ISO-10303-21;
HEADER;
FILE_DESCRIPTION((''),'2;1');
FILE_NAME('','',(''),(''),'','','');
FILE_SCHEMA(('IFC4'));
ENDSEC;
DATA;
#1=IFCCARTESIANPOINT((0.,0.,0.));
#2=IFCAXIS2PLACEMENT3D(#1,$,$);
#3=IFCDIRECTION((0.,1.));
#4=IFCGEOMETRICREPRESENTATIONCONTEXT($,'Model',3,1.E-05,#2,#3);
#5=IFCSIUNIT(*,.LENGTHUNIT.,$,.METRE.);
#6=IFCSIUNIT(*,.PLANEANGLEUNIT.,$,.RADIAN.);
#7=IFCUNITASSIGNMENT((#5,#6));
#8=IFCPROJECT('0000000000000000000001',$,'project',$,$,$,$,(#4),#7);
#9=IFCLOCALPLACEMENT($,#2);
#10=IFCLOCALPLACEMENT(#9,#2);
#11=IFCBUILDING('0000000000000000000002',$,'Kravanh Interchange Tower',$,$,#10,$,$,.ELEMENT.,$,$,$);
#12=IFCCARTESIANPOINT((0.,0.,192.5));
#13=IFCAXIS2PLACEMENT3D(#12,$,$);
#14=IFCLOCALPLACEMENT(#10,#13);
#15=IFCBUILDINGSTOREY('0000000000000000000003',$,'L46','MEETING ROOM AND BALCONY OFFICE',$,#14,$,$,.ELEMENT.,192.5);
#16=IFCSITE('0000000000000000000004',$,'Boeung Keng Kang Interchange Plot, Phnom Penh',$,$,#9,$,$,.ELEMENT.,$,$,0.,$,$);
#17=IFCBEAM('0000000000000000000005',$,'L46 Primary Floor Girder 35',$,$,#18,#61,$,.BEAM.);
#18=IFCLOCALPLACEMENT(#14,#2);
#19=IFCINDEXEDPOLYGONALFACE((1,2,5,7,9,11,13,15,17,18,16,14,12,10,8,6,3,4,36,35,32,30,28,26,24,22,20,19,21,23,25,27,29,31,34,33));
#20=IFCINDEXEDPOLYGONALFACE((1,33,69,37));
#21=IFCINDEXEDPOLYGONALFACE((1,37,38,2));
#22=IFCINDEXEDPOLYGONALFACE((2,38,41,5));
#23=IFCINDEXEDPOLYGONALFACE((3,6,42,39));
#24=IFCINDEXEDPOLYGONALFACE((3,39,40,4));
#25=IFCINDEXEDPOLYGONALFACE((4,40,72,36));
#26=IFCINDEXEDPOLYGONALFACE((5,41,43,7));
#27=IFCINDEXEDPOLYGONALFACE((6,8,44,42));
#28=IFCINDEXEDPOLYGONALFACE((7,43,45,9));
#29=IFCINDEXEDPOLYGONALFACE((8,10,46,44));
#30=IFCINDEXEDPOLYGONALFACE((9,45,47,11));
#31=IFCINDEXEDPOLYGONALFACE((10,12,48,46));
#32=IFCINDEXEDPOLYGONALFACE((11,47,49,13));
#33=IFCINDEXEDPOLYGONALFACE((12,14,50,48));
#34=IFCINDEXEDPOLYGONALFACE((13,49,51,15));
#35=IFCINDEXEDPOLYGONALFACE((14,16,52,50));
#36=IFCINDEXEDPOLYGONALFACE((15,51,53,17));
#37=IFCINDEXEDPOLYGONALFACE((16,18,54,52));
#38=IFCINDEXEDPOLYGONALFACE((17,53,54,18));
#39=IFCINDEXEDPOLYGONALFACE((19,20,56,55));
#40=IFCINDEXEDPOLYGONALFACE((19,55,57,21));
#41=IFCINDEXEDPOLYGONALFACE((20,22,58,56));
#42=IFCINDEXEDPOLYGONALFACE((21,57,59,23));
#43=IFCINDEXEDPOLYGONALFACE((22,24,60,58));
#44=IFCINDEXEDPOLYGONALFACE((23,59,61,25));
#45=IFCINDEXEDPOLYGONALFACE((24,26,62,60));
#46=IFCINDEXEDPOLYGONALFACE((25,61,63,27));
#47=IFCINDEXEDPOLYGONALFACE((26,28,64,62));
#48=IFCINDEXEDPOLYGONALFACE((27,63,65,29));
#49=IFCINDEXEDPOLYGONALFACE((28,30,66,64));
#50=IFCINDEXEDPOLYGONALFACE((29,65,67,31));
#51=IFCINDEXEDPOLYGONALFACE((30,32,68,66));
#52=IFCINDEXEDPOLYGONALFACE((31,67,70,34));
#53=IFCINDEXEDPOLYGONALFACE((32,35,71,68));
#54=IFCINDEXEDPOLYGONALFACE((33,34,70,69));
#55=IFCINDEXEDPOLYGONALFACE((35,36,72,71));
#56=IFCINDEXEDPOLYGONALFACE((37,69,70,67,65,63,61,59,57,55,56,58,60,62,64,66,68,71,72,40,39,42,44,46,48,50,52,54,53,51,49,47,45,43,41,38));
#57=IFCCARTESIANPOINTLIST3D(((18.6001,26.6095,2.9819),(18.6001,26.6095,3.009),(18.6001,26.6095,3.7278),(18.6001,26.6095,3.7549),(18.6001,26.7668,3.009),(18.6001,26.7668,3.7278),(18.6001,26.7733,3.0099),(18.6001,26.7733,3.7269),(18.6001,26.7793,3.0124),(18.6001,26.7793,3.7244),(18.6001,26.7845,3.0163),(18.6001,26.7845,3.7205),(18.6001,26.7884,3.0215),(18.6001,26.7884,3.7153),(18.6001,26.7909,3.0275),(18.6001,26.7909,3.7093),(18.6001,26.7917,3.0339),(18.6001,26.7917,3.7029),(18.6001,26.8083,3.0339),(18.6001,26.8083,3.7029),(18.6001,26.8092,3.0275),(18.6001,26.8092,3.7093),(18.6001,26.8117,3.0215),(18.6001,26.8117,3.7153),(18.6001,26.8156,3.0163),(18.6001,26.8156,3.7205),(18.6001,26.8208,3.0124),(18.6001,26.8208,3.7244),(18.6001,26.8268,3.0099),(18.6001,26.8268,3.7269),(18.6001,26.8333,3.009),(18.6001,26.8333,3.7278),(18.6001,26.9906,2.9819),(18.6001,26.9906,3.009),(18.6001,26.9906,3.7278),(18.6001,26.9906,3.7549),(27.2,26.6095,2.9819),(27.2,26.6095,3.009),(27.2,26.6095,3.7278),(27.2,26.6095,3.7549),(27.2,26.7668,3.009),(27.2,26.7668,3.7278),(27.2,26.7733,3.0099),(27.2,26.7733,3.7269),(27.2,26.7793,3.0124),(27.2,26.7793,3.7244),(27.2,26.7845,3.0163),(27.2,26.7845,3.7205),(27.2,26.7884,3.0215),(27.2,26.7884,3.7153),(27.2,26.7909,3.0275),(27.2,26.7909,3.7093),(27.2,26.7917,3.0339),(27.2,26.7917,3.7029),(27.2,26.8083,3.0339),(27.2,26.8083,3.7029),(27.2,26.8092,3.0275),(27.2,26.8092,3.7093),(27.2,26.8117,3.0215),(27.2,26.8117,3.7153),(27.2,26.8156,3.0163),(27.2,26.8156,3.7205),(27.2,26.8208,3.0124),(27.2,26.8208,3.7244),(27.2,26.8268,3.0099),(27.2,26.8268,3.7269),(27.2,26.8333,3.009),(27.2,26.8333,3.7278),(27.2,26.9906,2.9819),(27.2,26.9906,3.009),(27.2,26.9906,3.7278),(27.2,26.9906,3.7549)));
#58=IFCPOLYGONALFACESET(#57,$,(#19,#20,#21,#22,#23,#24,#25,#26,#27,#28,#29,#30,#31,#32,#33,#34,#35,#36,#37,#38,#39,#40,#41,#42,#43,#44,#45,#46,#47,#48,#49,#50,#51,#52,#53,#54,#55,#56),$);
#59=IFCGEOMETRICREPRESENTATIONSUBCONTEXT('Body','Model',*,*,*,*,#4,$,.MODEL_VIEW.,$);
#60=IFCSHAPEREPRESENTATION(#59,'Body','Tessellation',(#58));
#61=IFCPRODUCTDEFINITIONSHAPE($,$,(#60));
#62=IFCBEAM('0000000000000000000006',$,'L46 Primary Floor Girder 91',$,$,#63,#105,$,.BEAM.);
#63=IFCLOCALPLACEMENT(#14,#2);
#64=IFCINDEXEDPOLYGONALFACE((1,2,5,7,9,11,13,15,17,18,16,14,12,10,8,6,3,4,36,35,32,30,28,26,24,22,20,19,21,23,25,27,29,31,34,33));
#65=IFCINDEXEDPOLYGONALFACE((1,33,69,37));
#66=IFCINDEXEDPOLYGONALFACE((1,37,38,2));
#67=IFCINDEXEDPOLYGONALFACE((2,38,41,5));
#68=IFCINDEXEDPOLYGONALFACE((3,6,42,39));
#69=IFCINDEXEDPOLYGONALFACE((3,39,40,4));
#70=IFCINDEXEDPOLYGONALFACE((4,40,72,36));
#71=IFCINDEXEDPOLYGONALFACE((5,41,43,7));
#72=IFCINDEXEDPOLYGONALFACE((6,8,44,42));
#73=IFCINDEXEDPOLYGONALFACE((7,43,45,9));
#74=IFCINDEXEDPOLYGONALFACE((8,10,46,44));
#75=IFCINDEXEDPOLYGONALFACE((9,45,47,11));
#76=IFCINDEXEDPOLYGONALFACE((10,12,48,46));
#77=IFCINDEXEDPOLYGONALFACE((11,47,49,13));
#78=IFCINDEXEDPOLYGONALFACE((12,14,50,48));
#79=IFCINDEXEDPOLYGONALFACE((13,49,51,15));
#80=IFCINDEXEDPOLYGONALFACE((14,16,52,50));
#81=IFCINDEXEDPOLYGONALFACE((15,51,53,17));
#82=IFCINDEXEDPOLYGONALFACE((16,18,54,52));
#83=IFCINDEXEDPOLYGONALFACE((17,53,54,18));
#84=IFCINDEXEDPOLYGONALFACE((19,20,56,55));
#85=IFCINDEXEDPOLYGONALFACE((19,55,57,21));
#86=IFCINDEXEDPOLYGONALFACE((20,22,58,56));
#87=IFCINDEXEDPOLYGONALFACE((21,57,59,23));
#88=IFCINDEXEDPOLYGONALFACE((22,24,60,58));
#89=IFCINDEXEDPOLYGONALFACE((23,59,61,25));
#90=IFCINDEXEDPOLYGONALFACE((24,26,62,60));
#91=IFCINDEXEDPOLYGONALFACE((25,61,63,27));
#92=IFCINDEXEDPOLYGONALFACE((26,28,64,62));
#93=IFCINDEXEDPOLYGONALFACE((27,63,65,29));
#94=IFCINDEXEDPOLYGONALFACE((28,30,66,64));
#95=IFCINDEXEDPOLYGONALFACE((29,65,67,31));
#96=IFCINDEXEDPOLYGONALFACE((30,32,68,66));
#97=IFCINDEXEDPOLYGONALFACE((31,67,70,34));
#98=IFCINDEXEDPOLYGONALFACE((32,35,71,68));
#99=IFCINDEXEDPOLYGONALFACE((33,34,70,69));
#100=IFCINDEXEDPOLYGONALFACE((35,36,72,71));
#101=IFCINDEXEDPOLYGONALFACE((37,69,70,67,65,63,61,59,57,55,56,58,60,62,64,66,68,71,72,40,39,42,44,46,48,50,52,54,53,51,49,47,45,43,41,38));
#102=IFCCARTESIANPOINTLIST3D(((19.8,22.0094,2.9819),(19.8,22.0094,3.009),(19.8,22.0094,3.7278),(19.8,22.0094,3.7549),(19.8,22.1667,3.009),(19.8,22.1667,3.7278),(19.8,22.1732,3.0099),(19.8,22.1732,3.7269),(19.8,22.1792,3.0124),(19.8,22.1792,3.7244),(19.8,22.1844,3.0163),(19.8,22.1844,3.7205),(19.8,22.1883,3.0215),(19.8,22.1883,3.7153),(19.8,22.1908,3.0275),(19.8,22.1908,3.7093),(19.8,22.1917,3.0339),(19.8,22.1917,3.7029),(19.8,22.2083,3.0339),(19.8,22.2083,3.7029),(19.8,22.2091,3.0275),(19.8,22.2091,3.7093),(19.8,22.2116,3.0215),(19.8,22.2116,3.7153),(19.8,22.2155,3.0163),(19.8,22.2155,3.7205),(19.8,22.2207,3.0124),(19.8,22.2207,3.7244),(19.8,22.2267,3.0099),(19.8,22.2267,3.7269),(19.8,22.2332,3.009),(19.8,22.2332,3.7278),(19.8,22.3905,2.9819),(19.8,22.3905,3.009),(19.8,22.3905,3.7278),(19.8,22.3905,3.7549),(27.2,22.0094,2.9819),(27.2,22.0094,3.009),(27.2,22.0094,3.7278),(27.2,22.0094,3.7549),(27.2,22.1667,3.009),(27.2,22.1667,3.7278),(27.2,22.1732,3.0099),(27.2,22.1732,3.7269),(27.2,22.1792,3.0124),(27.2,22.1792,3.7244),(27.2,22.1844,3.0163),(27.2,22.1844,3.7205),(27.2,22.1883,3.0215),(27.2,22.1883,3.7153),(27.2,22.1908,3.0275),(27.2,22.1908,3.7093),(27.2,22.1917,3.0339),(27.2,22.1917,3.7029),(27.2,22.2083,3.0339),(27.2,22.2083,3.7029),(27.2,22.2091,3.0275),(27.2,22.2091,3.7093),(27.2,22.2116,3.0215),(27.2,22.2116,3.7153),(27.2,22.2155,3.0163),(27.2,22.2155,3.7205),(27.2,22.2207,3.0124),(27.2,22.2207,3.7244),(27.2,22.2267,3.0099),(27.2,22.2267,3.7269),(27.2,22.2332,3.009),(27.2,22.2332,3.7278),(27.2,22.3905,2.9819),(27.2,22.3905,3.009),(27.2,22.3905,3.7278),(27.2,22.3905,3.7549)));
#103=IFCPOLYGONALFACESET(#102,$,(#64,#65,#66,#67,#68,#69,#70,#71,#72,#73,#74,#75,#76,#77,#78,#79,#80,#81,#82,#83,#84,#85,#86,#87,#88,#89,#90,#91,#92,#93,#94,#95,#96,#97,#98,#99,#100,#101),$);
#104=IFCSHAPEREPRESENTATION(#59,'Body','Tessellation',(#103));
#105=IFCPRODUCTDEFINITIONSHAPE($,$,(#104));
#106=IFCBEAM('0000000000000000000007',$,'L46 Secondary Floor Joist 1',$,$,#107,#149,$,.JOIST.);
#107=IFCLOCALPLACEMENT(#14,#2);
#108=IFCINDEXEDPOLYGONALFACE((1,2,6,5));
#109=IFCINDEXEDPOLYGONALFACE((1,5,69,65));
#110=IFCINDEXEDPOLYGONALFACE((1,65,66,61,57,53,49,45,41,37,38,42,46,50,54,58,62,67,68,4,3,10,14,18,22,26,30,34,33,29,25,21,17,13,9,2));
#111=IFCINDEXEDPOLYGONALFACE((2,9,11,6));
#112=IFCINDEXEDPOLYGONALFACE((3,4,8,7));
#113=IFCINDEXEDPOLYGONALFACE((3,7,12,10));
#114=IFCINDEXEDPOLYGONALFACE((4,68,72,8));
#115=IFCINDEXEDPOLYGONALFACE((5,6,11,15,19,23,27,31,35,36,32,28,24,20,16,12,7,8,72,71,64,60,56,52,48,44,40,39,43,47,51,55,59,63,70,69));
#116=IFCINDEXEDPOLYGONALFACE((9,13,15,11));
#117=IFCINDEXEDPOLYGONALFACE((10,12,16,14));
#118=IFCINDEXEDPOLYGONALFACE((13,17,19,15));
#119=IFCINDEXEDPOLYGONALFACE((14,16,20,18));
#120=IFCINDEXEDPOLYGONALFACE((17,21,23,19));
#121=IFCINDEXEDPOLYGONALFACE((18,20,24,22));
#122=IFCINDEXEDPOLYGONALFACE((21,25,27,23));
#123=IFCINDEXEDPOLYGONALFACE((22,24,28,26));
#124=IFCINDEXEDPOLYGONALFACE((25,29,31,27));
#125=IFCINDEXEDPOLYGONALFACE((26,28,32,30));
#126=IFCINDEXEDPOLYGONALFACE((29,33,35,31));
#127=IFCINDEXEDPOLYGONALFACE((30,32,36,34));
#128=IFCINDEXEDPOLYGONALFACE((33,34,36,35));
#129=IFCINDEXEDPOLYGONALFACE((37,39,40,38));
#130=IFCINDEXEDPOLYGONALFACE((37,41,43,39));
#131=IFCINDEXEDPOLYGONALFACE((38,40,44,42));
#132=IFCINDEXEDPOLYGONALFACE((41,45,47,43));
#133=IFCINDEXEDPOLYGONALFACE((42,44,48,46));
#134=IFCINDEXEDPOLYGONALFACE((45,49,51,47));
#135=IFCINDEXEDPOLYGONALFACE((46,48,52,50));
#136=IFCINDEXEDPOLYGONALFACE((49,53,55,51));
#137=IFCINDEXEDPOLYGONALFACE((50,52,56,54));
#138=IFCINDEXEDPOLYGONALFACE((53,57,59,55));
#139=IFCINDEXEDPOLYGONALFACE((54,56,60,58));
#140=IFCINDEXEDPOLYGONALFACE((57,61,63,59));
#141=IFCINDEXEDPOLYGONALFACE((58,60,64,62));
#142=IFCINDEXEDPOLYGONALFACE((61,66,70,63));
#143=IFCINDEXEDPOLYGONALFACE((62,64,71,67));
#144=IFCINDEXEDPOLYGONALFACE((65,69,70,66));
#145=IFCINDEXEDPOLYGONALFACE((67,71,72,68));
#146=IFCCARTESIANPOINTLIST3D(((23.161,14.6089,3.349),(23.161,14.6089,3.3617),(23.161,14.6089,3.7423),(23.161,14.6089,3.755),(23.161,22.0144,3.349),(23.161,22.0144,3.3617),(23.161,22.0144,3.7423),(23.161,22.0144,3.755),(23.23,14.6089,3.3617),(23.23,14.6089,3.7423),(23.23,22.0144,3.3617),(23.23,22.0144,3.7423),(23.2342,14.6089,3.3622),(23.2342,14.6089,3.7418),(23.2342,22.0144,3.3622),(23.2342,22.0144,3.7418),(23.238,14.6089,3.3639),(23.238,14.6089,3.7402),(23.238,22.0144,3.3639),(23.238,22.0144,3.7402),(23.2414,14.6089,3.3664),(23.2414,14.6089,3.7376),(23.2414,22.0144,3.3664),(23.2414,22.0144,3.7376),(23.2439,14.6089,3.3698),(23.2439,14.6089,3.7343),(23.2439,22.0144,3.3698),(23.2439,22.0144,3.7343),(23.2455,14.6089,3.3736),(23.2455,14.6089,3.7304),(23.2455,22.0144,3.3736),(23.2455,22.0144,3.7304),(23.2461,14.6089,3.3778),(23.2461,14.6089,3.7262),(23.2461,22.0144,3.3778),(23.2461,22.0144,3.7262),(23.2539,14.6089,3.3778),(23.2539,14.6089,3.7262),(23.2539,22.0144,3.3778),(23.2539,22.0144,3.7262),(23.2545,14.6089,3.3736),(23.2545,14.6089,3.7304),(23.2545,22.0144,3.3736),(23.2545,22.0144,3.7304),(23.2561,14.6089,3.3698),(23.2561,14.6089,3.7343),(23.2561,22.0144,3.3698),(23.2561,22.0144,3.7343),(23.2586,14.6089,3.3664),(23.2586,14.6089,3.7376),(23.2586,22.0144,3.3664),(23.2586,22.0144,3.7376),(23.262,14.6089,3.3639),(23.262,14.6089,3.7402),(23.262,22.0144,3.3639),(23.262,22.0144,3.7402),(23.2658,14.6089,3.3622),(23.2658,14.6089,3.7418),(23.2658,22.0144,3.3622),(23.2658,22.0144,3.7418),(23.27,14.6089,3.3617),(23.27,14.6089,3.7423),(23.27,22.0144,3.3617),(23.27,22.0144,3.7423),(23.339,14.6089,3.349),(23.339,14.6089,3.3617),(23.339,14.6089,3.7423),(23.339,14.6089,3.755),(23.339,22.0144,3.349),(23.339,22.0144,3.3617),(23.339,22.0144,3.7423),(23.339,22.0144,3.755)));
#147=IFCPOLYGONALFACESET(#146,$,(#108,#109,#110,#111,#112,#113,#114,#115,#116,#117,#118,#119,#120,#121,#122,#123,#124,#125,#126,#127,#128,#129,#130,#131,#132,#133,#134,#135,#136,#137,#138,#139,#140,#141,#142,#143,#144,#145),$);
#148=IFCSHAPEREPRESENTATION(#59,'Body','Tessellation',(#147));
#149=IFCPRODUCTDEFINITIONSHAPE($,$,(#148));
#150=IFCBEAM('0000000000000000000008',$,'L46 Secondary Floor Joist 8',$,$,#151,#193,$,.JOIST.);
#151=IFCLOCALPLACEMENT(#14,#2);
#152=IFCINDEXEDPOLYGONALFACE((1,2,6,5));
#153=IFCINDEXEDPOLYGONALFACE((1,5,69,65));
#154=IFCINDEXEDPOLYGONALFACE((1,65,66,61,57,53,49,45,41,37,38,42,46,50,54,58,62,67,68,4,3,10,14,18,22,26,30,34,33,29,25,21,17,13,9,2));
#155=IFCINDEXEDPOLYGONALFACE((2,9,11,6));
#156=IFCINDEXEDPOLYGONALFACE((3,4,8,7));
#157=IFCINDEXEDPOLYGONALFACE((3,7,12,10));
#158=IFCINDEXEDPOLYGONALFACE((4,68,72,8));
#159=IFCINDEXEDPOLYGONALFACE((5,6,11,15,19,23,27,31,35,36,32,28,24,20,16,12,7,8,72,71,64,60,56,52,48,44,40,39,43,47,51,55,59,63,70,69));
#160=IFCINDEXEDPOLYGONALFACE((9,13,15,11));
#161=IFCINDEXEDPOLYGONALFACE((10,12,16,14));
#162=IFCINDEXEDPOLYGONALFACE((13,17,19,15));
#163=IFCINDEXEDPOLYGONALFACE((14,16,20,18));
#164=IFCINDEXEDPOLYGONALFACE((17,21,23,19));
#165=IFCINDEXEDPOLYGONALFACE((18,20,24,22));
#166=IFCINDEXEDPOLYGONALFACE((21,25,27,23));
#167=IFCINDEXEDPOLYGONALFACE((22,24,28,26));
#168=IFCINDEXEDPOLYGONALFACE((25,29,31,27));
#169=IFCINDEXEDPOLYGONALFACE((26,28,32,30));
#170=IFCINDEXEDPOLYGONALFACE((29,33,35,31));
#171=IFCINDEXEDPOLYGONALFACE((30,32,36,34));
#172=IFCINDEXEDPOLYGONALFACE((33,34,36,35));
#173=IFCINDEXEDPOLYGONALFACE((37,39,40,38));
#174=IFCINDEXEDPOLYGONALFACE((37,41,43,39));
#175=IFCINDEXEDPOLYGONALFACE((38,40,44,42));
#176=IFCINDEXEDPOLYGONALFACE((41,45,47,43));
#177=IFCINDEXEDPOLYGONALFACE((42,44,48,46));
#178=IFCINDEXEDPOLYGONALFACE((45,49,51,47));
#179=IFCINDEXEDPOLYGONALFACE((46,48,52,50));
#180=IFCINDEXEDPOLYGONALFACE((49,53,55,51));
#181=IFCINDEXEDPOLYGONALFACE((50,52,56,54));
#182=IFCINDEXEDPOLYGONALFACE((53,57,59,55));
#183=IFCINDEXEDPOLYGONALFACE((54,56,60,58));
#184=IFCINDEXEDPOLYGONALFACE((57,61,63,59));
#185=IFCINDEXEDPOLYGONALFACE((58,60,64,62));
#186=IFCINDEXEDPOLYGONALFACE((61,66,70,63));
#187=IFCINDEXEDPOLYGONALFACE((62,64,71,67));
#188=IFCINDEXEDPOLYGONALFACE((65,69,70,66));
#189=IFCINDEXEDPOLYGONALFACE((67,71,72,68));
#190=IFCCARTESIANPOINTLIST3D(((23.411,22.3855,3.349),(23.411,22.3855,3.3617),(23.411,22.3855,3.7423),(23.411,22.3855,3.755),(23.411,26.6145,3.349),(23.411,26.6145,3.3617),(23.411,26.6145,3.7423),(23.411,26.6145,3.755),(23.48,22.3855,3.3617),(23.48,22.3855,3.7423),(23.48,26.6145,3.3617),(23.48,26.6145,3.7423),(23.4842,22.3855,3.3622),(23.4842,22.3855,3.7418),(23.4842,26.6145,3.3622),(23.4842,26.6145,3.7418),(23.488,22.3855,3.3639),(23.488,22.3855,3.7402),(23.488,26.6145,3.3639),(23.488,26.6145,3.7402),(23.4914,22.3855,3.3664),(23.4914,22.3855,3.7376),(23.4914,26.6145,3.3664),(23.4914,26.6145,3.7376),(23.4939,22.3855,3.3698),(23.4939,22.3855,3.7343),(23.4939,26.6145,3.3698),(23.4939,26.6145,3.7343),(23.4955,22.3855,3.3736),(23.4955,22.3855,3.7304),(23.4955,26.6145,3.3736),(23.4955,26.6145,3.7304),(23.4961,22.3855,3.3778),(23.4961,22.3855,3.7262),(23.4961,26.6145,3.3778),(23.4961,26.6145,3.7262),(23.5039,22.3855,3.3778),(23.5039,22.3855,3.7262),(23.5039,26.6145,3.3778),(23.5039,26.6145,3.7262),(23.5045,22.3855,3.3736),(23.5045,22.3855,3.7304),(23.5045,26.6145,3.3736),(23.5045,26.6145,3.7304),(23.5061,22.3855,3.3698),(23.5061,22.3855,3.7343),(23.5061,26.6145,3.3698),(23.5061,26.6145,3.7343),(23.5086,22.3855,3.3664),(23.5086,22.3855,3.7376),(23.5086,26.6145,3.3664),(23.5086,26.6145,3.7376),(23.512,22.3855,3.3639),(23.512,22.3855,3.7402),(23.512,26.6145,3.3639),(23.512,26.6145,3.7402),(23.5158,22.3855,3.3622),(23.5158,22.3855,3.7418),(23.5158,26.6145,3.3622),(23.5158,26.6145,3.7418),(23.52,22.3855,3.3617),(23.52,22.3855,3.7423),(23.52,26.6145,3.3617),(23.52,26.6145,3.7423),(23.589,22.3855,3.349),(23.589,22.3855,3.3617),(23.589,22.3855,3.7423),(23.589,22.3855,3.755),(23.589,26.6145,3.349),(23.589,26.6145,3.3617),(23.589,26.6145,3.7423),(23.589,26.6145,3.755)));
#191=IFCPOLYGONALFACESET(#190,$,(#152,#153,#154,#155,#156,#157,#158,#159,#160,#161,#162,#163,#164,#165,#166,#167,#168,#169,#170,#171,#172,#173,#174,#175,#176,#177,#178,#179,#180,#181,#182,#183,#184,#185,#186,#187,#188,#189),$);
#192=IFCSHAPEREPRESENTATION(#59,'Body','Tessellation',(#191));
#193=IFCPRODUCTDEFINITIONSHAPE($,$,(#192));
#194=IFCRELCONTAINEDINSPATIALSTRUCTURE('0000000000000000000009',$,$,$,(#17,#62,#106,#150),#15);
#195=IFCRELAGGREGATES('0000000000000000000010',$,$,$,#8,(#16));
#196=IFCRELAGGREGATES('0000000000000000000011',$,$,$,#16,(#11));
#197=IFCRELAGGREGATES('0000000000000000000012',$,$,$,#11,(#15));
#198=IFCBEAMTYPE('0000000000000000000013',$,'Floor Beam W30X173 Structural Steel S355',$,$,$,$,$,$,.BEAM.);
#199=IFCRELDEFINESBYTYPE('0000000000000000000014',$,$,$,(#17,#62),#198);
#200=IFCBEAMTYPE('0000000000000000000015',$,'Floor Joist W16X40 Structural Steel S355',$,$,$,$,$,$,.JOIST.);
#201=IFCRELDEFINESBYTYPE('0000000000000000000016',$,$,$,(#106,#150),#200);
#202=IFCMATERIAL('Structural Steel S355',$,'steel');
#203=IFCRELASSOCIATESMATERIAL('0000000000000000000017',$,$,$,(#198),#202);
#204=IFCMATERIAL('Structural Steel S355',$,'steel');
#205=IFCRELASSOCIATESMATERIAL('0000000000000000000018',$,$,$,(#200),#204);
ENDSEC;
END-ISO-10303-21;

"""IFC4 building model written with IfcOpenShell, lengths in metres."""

from ifc_helpers import new_model, si_unit, direction, frame, origin, origin_2d, place, context, subcontext, project, spatial, i_section, extrude, material, material_profile, profile_set, type_object, element, save


model = new_model("IFC4")

# Units and contexts
model_context = context("Model", 3, precision=1e-05, world=origin(), true_north=direction((0.0, 1.0)))
body_context = subcontext(model_context, "Body", "Model", "MODEL_VIEW")
ifc_project = project(units=[si_unit("LENGTHUNIT", "METRE"), si_unit("PLANEANGLEUNIT", "RADIAN")], contexts=[model_context])

# Site, building, storey
site_placement = place(None, origin())
site = spatial("IfcSite", under=ifc_project, at=site_placement, Name="Boeung Keng Kang Interchange Plot, Phnom Penh", CompositionType="ELEMENT", RefElevation=0.0)
building_placement = place(site_placement, origin())
building = spatial("IfcBuilding", under=site, at=building_placement, Name="Kravanh Interchange Tower", CompositionType="ELEMENT")
storey_placement = place(building_placement, frame((0.0, 0.0, 192.5)))
storey = spatial("IfcBuildingStorey", under=building, at=storey_placement, Name="L46", Description="MEETING ROOM AND BALCONY OFFICE", CompositionType="ELEMENT", Elevation=192.5)

# Beams
ifc_material_1 = material(Name="Structural Steel S355", Category="steel")
ifc_material_profile_1 = material_profile(ifc_material_1, i_section(OverallWidth=0.3811, OverallDepth=0.7729, WebThickness=0.0166, FlangeThickness=0.0271, FilletRadius=0.0249, at=origin_2d()), Name="W30X173")
ifc_profile_set_1 = profile_set([ifc_material_profile_1], Name="Structural Steel S355")
beam_type_1 = type_object("IfcBeamType", Name="Floor Beam W30X173 Structural Steel S355", PredefinedType="BEAM", material=ifc_profile_set_1)
beam_1_placement = place(storey_placement, frame((18.6001, 26.8, 3.3684), z_axis=(1.0, 0.0, 0.0), x_axis=(0.0, 1.0, 0.0)))
element("IfcBeam", 1, at=beam_1_placement, inside=storey, type_object=beam_type_1, Name="L46 Primary Floor Girder 35", PredefinedType="BEAM", context=body_context, shape_type="SweptSolid", body=[
    extrude(i_section(OverallWidth=0.3811, OverallDepth=0.7729, WebThickness=0.0166, FlangeThickness=0.0271, FilletRadius=0.0249, at=origin_2d()), origin(), (0.0, 0.0, 1.0), 8.5999),
])
beam_2_placement = place(storey_placement, frame((19.8, 22.2, 3.3684), z_axis=(1.0, 0.0, 0.0), x_axis=(0.0, 1.0, 0.0)))
element("IfcBeam", 2, at=beam_2_placement, inside=storey, type_object=beam_type_1, Name="L46 Primary Floor Girder 91", PredefinedType="BEAM", context=body_context, shape_type="SweptSolid", body=[
    extrude(i_section(OverallWidth=0.3811, OverallDepth=0.7729, WebThickness=0.0166, FlangeThickness=0.0271, FilletRadius=0.0249, at=origin_2d()), origin(), (0.0, 0.0, 1.0), 7.3999),
])
ifc_material_2 = material(Name="Structural Steel S355", Category="steel")
ifc_material_profile_2 = material_profile(ifc_material_2, i_section(OverallWidth=0.178, OverallDepth=0.406, WebThickness=0.0078, FlangeThickness=0.0127, FilletRadius=0.0161, at=origin_2d()), Name="W16X40")
ifc_profile_set_2 = profile_set([ifc_material_profile_2], Name="Structural Steel S355")
beam_type_2 = type_object("IfcBeamType", Name="Floor Joist W16X40 Structural Steel S355", PredefinedType="JOIST", material=ifc_profile_set_2)
beam_3_placement = place(storey_placement, frame((23.25, 14.6089, 3.552), z_axis=(0.0, 1.0, 0.0), x_axis=(-1.0, 0.0, 0.0)))
element("IfcBeam", 3, at=beam_3_placement, inside=storey, type_object=beam_type_2, Name="L46 Secondary Floor Joist 1", PredefinedType="JOIST", context=body_context, shape_type="SweptSolid", body=[
    extrude(i_section(OverallWidth=0.178, OverallDepth=0.406, WebThickness=0.0078, FlangeThickness=0.0127, FilletRadius=0.0161, at=origin_2d()), origin(), (0.0, 0.0, 1.0), 7.4055),
])
beam_4_placement = place(storey_placement, frame((23.5, 22.3855, 3.552), z_axis=(0.0, 1.0, 0.0), x_axis=(-1.0, 0.0, 0.0)))
element("IfcBeam", 4, at=beam_4_placement, inside=storey, type_object=beam_type_2, Name="L46 Secondary Floor Joist 8", PredefinedType="JOIST", context=body_context, shape_type="SweptSolid", body=[
    extrude(i_section(OverallWidth=0.178, OverallDepth=0.406, WebThickness=0.0078, FlangeThickness=0.0127, FilletRadius=0.0161, at=origin_2d()), origin(), (0.0, 0.0, 1.0), 4.229),
])

save(model, "model.ifc")
